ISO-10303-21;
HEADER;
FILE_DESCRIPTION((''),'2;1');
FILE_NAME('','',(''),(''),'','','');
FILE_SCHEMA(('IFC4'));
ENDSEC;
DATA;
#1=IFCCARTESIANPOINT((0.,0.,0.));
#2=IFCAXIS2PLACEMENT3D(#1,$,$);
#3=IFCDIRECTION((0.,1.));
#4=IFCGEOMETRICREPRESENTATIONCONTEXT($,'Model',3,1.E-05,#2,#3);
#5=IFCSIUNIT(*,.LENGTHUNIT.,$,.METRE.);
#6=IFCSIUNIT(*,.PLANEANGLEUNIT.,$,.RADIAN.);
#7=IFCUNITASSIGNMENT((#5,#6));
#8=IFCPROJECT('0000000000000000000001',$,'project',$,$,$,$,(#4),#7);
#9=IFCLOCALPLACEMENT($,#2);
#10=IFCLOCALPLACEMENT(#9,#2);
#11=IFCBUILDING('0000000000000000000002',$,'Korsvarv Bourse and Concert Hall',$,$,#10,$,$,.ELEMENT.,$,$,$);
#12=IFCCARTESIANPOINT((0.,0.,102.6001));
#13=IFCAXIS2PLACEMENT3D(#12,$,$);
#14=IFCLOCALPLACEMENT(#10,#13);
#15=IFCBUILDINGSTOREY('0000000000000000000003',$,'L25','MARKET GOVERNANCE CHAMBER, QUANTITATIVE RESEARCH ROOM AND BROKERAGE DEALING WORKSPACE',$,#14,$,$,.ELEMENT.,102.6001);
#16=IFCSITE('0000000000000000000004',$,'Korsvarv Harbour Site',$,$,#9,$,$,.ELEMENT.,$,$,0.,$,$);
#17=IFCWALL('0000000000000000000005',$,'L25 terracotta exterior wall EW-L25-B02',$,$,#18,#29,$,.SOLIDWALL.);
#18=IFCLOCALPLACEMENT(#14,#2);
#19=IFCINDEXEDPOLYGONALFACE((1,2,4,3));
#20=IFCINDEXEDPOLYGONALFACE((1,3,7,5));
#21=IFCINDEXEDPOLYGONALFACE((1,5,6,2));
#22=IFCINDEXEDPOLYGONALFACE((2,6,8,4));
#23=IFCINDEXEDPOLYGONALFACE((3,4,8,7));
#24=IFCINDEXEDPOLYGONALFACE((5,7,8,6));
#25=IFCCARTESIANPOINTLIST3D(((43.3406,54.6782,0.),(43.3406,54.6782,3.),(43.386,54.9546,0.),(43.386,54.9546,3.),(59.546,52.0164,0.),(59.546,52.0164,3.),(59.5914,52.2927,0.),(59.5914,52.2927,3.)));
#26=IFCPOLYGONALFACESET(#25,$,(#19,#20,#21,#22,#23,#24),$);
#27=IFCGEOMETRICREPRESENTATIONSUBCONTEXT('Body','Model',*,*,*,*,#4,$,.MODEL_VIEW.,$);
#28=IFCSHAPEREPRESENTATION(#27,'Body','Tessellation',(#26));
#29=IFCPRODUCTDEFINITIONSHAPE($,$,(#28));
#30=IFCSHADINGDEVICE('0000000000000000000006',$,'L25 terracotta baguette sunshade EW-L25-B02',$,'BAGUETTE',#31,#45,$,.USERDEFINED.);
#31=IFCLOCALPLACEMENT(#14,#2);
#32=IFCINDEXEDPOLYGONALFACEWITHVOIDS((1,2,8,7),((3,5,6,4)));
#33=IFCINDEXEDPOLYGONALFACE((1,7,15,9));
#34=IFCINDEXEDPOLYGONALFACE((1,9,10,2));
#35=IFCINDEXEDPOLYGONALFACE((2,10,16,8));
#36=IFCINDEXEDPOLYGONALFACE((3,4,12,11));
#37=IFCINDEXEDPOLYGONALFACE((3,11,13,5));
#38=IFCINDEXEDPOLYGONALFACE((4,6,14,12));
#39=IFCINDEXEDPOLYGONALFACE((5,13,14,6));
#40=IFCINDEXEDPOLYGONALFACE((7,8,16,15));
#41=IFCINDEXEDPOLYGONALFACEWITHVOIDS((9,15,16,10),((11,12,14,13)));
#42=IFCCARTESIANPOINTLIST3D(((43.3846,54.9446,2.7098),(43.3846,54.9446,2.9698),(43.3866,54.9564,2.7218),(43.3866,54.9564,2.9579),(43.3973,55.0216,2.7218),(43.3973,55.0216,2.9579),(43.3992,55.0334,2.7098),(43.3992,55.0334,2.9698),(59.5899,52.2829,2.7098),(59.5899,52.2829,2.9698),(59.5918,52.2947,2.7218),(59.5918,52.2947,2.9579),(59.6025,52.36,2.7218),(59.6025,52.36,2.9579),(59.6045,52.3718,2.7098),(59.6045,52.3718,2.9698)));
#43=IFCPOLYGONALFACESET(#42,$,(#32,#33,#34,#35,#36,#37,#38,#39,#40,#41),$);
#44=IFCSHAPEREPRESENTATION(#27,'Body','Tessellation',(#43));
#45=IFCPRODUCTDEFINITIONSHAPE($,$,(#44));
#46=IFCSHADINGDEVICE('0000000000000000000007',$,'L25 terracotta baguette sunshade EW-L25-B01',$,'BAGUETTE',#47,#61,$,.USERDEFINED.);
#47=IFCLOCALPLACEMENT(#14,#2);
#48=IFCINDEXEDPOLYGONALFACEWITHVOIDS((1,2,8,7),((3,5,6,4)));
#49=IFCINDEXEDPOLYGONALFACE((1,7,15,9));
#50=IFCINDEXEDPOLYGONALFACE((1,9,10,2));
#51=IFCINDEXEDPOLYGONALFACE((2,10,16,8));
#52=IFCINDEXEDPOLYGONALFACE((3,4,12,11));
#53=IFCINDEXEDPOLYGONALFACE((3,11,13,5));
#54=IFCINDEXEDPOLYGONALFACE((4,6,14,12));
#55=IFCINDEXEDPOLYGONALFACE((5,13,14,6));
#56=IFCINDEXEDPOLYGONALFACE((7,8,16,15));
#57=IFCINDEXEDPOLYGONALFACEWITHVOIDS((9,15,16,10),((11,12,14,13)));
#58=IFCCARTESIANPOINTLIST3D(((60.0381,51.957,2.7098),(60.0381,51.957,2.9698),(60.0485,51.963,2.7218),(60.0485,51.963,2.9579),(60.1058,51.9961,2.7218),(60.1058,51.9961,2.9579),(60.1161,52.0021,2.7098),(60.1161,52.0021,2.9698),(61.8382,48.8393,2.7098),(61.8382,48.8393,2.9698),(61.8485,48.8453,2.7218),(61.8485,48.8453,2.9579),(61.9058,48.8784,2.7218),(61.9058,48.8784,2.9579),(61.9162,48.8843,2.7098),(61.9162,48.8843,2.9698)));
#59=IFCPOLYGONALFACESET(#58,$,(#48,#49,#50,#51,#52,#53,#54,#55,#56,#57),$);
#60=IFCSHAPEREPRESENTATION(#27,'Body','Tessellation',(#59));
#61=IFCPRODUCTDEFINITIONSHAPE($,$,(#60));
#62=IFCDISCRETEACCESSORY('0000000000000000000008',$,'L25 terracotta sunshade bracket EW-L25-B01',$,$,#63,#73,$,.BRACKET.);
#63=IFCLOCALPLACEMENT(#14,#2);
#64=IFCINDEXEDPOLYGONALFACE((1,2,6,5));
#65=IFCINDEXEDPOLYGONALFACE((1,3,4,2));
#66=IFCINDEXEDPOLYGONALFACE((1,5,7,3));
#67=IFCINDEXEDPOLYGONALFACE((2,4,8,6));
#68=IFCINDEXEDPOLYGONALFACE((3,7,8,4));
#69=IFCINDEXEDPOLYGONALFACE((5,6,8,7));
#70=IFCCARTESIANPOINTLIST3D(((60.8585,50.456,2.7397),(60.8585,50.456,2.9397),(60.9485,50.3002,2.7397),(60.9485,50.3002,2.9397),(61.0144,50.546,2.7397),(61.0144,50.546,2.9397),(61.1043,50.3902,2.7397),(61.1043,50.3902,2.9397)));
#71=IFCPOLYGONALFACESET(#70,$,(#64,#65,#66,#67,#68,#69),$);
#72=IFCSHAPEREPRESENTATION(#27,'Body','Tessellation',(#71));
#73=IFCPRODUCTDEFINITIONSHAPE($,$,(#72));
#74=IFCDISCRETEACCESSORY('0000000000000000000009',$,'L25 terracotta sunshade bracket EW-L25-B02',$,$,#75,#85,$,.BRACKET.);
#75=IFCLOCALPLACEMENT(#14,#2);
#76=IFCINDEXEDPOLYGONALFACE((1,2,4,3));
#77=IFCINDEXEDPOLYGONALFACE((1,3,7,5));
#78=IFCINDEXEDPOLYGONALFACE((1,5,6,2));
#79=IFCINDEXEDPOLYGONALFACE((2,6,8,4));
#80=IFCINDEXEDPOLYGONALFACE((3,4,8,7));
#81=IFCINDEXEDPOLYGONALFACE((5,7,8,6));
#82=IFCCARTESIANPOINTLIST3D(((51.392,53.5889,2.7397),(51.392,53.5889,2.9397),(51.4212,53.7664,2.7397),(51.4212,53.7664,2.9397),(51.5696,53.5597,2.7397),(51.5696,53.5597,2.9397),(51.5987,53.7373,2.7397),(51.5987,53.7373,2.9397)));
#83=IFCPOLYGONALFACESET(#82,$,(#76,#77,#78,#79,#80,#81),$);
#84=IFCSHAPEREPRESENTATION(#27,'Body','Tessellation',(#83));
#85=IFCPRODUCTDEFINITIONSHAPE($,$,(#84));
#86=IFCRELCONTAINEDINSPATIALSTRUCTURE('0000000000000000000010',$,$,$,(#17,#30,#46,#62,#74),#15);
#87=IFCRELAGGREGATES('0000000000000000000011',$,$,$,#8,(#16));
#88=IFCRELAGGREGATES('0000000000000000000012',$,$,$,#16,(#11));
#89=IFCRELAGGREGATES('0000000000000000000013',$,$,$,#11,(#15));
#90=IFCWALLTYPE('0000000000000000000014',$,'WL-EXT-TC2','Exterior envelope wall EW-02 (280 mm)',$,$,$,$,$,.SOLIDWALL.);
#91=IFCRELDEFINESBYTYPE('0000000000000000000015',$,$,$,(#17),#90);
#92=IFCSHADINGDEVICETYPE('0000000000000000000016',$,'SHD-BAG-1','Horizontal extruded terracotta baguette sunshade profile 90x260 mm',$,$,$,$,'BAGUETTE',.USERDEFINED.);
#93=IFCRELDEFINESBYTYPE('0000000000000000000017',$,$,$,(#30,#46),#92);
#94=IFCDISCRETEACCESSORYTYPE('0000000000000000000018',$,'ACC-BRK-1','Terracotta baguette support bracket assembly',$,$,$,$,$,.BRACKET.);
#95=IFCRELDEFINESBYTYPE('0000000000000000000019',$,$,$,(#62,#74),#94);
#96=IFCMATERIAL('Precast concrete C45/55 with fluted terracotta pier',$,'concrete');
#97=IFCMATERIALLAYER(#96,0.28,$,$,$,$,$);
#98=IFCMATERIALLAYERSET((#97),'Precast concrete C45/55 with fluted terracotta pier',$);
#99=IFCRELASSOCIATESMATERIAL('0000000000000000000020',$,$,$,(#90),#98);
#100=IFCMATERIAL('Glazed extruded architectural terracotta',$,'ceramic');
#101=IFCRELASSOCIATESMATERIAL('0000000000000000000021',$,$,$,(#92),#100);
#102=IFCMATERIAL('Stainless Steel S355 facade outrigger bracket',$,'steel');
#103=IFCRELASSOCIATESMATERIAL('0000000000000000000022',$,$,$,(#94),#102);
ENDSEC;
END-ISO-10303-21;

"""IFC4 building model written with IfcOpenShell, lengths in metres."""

from ifc_helpers import new_model, si_unit, direction, frame, frame_2d, origin, origin_2d, place, context, subcontext, project, spatial, rectangle, hollow_rectangle, extrude, source, transform, mapped, material, layer, layer_set, material_profile, profile_set, type_object, element, save


model = new_model("IFC4")

# Units and contexts
model_context = context("Model", 3, precision=1e-05, world=origin(), true_north=direction((0.0, 1.0)))
body_context = subcontext(model_context, "Body", "Model", "MODEL_VIEW")
ifc_project = project(units=[si_unit("LENGTHUNIT", "METRE"), si_unit("PLANEANGLEUNIT", "RADIAN")], contexts=[model_context])

# Site, building, storey
site_placement = place(None, origin())
site = spatial("IfcSite", under=ifc_project, at=site_placement, Name="Korsvarv Harbour Site", CompositionType="ELEMENT", RefElevation=0.0)
building_placement = place(site_placement, origin())
building = spatial("IfcBuilding", under=site, at=building_placement, Name="Korsvarv Bourse and Concert Hall", CompositionType="ELEMENT")
storey_placement = place(building_placement, frame((0.0, 0.0, 102.6001)))
storey = spatial("IfcBuildingStorey", under=building, at=storey_placement, Name="L25", Description="MARKET GOVERNANCE CHAMBER, QUANTITATIVE RESEARCH ROOM AND BROKERAGE DEALING WORKSPACE", CompositionType="ELEMENT", Elevation=102.6001)

# Wall
ifc_material_1 = material(Name="Precast concrete C45/55 with fluted terracotta pier", Category="concrete")
ifc_layer_1 = layer(ifc_material_1, 0.28)
ifc_layer_set_1 = layer_set([ifc_layer_1], Name="Precast concrete C45/55 with fluted terracotta pier")
wall_type_1 = type_object("IfcWallType", Name="WL-EXT-TC2", Description="Exterior envelope wall EW-02 (280 mm)", PredefinedType="SOLIDWALL", material=ifc_layer_set_1)
wall_1_placement = place(storey_placement, frame((59.5688, 52.1545, 0.0), z_axis=(0.0, 0.0, 1.0), x_axis=(-0.986777, 0.162084, 0.0)))
element("IfcWall", 1, at=wall_1_placement, inside=storey, type_object=wall_type_1, Name="L25 terracotta exterior wall EW-L25-B02", PredefinedType="SOLIDWALL", context=body_context, shape_type="SweptSolid", body=[
    extrude(rectangle(XDim=16.4226, YDim=0.28, at=frame_2d((8.2114, 0.0))), origin(), (0.0, 0.0, 1.0), 3.0),
])

# Shading devices
ifc_material_2 = material(Name="Glazed extruded architectural terracotta", Category="ceramic")
ifc_material_profile_1 = material_profile(ifc_material_2, hollow_rectangle(XDim=0.0901, YDim=0.26, WallThickness=0.012, at=origin_2d()), Name="TC-BAG 90x260")
ifc_profile_set_1 = profile_set([ifc_material_profile_1], Name="Glazed extruded architectural terracotta")
shading_device_type = type_object("IfcShadingDeviceType", Name="SHD-BAG-1", Description="Horizontal extruded terracotta baguette sunshade profile 90x260 mm", ElementType="BAGUETTE", PredefinedType="USERDEFINED", material=ifc_profile_set_1)
shared_shape_1 = source(origin(), body_context, "Body", "SweptSolid", [
    extrude(hollow_rectangle(XDim=0.0901, YDim=0.26, WallThickness=0.012, at=origin_2d()), origin(), (0.0, 0.0, 1.0), 16.4224),
])
shading_device_1_placement = place(storey_placement, frame((59.5972, 52.3274, 2.8398), z_axis=(-0.986779, 0.162072, 0.0), x_axis=(-0.162072, -0.986779, 0.0)))
element("IfcShadingDevice", 2, at=shading_device_1_placement, inside=storey, type_object=shading_device_type, Name="L25 terracotta baguette sunshade EW-L25-B02", ObjectType="BAGUETTE", PredefinedType="USERDEFINED", context=body_context, shape_type="MappedRepresentation", body=[
    mapped(shared_shape_1, transform((0.0, 0.0, 0.0), scale=1.0)),
])
shared_shape_2 = source(origin(), body_context, "Body", "SweptSolid", [
    extrude(hollow_rectangle(XDim=0.0901, YDim=0.26, WallThickness=0.012, at=origin_2d()), origin(), (0.0, 0.0, 1.0), 3.6001),
])
shading_device_2_placement = place(storey_placement, frame((61.8772, 48.8618, 2.8398), z_axis=(-0.500012, 0.866018, 0.0), x_axis=(-0.866018, -0.500012, 0.0)))
element("IfcShadingDevice", 3, at=shading_device_2_placement, inside=storey, type_object=shading_device_type, Name="L25 terracotta baguette sunshade EW-L25-B01", ObjectType="BAGUETTE", PredefinedType="USERDEFINED", context=body_context, shape_type="MappedRepresentation", body=[
    mapped(shared_shape_2, transform((0.0, 0.0, 0.0), scale=1.0)),
])

# Discrete accessories
ifc_material_3 = material(Name="Stainless Steel S355 facade outrigger bracket", Category="steel")
discrete_accessory_type = type_object("IfcDiscreteAccessoryType", Name="ACC-BRK-1", Description="Terracotta baguette support bracket assembly", PredefinedType="BRACKET", material=ifc_material_3)
shared_shape_3 = source(origin(), body_context, "Body", "SweptSolid", [
    extrude(rectangle(XDim=0.1799, YDim=0.1799, at=origin_2d()), origin(), (0.0, 0.0, 1.0), 0.2),
])
for number, where, z_axis, x_axis, name in (
    (4, (60.9814, 50.4231, 2.7397), (0.0, 0.0, 1.0), (-0.5, 0.866025, 0.0), "L25 terracotta sunshade bracket EW-L25-B01"),
    (5, (51.4954, 53.6631, 2.7397), (0.0, 0.0, 1.0), (-0.986771, 0.162121, 0.0), "L25 terracotta sunshade bracket EW-L25-B02"),
):
    element("IfcDiscreteAccessory", number, at=place(storey_placement, frame(where, z_axis=z_axis, x_axis=x_axis)), inside=storey, type_object=discrete_accessory_type, Name=name, PredefinedType="BRACKET", context=body_context, shape_type="MappedRepresentation", body=[
        mapped(shared_shape_3, transform((0.0, 0.0, 0.0), scale=1.0)),
    ])

save(model, "model.ifc")
